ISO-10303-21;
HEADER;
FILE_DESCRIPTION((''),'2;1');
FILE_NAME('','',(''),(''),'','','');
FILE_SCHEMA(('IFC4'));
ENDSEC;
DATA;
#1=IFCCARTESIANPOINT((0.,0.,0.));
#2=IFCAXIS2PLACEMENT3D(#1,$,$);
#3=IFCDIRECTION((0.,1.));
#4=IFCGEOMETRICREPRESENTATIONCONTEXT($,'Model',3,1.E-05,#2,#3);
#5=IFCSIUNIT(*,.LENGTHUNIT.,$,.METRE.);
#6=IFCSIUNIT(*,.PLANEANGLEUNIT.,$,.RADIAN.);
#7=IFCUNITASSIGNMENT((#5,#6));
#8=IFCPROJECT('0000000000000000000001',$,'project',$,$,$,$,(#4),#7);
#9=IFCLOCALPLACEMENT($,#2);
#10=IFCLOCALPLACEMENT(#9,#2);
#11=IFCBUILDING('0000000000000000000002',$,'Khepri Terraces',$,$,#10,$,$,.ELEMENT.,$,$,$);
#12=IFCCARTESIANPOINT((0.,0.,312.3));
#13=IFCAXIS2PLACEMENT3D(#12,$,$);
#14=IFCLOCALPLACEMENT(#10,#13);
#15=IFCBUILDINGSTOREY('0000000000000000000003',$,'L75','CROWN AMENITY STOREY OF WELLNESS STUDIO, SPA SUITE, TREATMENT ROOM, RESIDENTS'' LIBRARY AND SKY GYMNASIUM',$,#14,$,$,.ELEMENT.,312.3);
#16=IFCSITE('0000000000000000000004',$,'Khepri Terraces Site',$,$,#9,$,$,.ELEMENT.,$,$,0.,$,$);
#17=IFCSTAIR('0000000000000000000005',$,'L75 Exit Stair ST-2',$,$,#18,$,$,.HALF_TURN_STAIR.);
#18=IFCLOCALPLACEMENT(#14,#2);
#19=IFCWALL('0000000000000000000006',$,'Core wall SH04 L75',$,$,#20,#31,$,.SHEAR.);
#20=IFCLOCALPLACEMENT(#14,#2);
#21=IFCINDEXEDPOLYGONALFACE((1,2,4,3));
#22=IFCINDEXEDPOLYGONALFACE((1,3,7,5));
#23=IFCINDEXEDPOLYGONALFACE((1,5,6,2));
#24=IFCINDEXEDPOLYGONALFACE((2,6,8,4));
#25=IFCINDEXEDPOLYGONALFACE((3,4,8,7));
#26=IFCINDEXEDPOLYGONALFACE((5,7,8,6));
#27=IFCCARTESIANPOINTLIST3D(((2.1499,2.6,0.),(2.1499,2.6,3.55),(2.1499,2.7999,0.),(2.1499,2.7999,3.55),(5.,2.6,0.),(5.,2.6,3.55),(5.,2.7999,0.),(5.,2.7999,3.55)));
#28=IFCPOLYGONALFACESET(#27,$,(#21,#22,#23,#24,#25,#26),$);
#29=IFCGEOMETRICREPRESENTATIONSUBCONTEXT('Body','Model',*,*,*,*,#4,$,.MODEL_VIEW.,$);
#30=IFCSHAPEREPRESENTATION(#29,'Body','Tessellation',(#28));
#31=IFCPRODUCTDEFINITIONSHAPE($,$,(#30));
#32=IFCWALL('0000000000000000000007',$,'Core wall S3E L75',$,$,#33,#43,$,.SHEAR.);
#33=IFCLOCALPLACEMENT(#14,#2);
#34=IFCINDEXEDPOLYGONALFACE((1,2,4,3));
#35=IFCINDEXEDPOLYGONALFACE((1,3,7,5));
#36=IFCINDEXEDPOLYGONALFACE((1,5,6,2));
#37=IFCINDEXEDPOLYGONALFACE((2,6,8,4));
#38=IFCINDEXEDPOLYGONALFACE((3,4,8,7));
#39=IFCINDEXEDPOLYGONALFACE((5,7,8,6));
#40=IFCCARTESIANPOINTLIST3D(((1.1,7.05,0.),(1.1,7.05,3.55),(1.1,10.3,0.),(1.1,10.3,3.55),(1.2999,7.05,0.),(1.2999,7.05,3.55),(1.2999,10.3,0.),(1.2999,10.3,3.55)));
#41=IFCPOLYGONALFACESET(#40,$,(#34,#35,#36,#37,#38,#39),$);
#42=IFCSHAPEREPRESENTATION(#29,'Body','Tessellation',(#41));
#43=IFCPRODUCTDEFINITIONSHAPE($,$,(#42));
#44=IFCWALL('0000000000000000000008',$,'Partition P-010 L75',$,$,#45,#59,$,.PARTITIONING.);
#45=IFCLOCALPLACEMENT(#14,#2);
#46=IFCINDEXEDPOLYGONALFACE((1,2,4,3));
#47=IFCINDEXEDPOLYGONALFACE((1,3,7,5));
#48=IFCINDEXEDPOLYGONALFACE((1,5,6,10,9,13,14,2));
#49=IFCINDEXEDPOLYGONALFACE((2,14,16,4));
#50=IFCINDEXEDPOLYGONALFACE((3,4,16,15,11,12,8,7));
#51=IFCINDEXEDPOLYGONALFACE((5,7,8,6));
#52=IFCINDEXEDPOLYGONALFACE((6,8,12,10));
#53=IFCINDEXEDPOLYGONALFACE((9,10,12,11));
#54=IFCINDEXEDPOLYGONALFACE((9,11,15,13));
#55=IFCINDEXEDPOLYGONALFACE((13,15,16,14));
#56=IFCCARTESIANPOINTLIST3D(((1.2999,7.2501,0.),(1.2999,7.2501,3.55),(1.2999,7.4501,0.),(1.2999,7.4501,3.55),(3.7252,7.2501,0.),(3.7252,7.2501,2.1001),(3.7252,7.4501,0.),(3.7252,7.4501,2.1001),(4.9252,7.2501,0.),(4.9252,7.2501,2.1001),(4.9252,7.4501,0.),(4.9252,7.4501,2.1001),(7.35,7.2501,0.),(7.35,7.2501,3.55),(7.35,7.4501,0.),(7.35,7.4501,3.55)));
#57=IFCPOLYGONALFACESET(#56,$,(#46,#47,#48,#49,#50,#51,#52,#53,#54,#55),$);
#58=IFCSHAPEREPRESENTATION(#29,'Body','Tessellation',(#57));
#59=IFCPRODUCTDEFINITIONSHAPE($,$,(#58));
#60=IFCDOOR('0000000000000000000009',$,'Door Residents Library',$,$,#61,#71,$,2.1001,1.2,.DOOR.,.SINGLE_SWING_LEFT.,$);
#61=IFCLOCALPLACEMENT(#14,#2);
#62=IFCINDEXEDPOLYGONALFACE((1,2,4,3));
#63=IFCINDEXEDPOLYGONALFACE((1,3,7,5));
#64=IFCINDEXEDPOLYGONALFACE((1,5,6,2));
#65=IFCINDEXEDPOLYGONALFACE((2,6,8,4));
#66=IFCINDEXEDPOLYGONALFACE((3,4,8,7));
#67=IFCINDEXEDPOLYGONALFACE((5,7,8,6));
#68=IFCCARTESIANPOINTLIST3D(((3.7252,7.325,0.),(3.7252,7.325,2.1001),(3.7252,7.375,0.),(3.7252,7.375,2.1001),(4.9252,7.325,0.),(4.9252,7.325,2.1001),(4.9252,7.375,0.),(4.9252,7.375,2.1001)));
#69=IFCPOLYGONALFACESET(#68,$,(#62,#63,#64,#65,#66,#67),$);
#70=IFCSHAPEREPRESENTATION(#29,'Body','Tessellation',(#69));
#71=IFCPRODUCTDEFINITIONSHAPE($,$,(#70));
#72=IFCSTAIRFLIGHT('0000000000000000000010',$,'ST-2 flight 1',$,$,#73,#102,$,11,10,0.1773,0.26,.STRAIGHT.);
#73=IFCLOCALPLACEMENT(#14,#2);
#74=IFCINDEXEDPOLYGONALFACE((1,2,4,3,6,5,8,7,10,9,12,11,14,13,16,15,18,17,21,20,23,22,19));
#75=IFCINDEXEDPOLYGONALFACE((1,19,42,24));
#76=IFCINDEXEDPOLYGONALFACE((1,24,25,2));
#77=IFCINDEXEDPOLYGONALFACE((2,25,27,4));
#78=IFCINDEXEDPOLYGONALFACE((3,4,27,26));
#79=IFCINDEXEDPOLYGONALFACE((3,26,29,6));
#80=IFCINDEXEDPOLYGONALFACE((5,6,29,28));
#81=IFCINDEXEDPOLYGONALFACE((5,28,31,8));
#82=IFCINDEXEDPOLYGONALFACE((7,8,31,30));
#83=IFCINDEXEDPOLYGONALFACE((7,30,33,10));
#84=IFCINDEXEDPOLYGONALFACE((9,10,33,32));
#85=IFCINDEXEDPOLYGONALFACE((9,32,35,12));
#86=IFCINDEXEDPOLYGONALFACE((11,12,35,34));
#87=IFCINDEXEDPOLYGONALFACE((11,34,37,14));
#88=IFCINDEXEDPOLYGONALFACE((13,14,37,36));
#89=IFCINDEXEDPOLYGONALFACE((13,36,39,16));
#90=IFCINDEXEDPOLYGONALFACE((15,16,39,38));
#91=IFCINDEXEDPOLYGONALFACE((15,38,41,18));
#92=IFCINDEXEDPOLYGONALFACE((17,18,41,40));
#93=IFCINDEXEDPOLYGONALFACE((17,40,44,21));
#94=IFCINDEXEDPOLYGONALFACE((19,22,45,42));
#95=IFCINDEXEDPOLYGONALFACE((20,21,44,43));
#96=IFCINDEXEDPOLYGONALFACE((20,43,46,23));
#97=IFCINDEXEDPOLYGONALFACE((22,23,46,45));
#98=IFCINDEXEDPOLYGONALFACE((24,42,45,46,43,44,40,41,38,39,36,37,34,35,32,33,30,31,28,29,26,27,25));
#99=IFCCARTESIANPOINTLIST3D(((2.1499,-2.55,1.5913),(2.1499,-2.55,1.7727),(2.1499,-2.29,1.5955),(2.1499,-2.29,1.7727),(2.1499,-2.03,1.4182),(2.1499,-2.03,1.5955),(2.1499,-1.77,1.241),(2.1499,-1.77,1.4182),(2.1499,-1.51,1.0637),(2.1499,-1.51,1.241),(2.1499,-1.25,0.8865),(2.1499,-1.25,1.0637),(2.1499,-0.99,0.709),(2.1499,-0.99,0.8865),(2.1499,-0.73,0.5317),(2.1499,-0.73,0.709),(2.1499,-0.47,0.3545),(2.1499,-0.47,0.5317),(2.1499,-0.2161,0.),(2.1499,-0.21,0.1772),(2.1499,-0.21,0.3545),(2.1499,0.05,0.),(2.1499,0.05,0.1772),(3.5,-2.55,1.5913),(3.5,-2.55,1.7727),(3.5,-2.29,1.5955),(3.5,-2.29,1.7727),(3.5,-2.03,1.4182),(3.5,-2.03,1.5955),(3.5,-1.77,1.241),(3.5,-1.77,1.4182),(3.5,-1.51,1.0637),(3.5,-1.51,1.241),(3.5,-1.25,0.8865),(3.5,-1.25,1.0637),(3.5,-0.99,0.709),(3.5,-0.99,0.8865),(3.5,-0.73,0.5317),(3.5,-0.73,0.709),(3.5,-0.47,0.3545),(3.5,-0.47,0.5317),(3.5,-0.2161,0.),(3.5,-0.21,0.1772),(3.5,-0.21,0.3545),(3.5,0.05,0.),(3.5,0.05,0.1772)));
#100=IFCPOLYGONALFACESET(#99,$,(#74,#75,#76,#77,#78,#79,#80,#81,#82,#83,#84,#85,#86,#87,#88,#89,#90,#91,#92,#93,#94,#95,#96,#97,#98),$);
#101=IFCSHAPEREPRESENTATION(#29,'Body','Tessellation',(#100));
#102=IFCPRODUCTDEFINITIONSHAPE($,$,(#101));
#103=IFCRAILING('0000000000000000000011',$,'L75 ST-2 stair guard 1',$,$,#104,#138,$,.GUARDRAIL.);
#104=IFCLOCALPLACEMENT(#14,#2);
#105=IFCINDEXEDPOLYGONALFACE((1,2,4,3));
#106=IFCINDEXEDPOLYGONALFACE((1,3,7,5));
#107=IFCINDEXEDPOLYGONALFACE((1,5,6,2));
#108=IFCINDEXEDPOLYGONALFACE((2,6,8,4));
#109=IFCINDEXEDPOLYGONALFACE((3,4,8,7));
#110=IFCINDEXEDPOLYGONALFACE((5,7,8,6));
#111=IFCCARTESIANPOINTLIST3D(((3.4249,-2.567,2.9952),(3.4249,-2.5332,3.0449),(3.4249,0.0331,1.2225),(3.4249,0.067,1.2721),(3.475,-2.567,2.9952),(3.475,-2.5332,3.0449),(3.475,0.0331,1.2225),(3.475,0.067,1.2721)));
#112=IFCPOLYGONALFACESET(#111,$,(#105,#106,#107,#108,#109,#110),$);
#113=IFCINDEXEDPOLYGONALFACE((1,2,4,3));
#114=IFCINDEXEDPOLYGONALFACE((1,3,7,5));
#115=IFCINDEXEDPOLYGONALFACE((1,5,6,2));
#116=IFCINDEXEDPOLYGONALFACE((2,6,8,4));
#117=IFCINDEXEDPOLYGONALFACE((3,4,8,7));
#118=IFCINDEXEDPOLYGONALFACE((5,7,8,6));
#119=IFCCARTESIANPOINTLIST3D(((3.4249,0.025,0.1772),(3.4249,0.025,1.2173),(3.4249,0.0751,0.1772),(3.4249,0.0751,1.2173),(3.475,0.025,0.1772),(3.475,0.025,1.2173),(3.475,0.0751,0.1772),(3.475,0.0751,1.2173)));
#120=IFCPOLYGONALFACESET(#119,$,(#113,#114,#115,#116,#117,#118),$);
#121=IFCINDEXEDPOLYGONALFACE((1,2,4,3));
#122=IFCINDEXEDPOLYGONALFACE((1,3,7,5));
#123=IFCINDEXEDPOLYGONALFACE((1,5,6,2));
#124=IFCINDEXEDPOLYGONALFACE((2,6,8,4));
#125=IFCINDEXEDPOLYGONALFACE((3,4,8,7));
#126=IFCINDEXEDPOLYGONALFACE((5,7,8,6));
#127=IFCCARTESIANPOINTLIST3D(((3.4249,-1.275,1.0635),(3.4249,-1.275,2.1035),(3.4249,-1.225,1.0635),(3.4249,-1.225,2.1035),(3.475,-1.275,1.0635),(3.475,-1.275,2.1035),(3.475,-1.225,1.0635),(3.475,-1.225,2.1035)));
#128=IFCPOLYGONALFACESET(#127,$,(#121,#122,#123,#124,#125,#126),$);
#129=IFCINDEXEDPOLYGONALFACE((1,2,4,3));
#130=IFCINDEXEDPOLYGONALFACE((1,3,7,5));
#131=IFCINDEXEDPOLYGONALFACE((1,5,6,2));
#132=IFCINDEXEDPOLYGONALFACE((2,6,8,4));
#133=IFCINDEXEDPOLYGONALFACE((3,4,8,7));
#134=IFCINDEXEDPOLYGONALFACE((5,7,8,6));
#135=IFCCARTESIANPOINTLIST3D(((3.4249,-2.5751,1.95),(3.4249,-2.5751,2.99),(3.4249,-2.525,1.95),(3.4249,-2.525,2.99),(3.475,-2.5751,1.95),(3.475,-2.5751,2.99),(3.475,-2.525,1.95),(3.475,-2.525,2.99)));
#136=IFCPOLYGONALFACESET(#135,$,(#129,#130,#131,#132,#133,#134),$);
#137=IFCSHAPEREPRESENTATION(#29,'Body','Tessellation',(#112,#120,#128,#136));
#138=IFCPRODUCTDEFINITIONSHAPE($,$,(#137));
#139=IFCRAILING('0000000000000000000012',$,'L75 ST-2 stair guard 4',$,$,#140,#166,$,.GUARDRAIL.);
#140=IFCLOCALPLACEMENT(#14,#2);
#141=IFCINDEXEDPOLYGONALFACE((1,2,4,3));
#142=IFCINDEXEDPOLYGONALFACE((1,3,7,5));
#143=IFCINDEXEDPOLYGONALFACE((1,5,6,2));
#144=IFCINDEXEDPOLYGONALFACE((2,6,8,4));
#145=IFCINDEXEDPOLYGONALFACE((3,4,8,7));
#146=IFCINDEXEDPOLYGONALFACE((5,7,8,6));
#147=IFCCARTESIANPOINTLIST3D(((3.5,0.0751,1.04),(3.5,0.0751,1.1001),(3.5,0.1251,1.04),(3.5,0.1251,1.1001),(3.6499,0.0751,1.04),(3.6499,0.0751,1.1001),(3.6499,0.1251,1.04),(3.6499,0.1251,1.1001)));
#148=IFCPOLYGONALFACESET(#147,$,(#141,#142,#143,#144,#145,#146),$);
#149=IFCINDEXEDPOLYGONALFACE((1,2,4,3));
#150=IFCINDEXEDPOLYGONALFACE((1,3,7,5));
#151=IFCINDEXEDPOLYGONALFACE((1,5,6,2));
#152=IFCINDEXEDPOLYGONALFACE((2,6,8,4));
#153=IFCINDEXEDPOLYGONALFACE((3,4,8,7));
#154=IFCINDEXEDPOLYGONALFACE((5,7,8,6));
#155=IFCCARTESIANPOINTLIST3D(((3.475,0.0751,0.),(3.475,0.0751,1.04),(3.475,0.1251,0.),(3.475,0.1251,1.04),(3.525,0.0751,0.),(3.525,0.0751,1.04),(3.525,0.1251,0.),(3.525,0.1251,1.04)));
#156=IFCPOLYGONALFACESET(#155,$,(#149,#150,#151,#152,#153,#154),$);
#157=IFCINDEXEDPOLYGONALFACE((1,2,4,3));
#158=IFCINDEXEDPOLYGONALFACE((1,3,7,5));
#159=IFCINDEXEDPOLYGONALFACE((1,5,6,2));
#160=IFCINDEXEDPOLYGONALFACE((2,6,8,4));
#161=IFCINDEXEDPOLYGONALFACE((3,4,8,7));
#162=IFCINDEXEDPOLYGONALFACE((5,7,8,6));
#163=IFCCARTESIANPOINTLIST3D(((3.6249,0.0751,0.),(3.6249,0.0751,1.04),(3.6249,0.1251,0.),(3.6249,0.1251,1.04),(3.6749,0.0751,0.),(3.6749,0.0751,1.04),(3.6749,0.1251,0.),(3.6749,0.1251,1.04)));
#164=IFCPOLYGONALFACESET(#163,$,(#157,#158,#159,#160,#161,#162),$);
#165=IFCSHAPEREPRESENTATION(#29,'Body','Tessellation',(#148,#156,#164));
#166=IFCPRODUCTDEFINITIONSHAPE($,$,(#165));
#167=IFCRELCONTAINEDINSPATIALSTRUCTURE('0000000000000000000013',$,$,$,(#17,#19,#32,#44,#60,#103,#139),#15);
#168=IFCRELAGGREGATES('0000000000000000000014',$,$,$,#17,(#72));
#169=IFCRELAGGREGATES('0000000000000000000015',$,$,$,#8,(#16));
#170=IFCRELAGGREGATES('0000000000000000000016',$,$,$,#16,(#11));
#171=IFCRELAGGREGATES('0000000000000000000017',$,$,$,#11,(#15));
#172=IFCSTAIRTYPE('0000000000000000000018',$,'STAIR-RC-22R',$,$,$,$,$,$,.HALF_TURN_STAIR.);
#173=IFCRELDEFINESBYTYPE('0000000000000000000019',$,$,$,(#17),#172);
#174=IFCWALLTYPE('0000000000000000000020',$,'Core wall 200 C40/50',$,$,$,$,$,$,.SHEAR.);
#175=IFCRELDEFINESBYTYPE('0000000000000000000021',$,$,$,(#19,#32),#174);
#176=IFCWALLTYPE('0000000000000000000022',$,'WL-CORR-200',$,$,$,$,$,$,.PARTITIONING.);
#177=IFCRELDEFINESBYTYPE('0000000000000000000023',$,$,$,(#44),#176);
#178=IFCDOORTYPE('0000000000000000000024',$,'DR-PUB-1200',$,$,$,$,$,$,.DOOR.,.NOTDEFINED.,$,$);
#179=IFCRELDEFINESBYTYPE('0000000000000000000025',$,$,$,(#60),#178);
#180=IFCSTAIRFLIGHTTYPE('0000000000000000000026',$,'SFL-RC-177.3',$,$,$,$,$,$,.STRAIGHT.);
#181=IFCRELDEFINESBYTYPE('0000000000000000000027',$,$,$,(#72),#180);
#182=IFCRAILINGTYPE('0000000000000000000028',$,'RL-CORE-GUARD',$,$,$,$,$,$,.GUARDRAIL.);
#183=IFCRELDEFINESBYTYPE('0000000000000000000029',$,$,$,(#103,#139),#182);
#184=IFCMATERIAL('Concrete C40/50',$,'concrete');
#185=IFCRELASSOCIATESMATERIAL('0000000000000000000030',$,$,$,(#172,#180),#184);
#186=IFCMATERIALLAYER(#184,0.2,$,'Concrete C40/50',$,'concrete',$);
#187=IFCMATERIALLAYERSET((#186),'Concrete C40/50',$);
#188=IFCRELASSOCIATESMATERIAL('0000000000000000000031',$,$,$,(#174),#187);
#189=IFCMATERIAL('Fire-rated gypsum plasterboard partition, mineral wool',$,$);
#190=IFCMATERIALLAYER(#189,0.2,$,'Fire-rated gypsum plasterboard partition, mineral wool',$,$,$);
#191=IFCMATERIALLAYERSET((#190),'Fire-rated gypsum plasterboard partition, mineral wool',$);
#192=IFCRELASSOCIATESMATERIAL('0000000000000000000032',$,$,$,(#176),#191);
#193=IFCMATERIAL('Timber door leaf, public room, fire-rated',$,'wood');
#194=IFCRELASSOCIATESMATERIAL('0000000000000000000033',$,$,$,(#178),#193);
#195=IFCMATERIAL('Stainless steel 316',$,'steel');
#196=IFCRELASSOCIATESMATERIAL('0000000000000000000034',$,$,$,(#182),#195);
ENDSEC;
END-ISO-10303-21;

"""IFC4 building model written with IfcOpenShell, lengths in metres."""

from ifc_helpers import new_model, si_unit, direction, frame, frame_2d, origin, origin_2d, place, context, subcontext, project, spatial, polyline, rectangle, outline, extrude, material, layer, layer_set, type_object, element, fill, aggregate, save


model = new_model("IFC4")

# Units and contexts
model_context = context("Model", 3, precision=1e-05, world=origin(), true_north=direction((0.0, 1.0)))
body_context = subcontext(model_context, "Body", "Model", "MODEL_VIEW")
ifc_project = project(units=[si_unit("LENGTHUNIT", "METRE"), si_unit("PLANEANGLEUNIT", "RADIAN")], contexts=[model_context])

# Site, building, storey
site_placement = place(None, origin())
site = spatial("IfcSite", under=ifc_project, at=site_placement, Name="Khepri Terraces Site", CompositionType="ELEMENT", RefElevation=0.0)
building_placement = place(site_placement, origin())
building = spatial("IfcBuilding", under=site, at=building_placement, Name="Khepri Terraces", CompositionType="ELEMENT")
storey_placement = place(building_placement, frame((0.0, 0.0, 312.3)))
storey = spatial("IfcBuildingStorey", under=building, at=storey_placement, Name="L75", Description="CROWN AMENITY STOREY OF WELLNESS STUDIO, SPA SUITE, TREATMENT ROOM, RESIDENTS' LIBRARY AND SKY GYMNASIUM", CompositionType="ELEMENT", Elevation=312.3)

# Stair
ifc_material_1 = material(Name="Concrete C40/50", Category="concrete")
stair_type = type_object("IfcStairType", Name="STAIR-RC-22R", PredefinedType="HALF_TURN_STAIR", material=ifc_material_1)
stair_placement = place(storey_placement, origin())
stair = element("IfcStair", 1, at=stair_placement, inside=storey, type_object=stair_type, Name="L75 Exit Stair ST-2", PredefinedType="HALF_TURN_STAIR")

# Shared definitions
ifc_layer_1 = layer(ifc_material_1, 0.2, Name="Concrete C40/50", Category="concrete")
ifc_layer_set_1 = layer_set([ifc_layer_1], Name="Concrete C40/50")
wall_type_1 = type_object("IfcWallType", Name="Core wall 200 C40/50", PredefinedType="SHEAR", material=ifc_layer_set_1)

# Walls
wall_1_placement = place(storey_placement, frame((2.1499, 2.7, 0.0), z_axis=(0.0, 0.0, 1.0), x_axis=(1.0, 0.0, 0.0)))
element("IfcWall", 2, at=wall_1_placement, inside=storey, type_object=wall_type_1, Name="Core wall SH04 L75", PredefinedType="SHEAR", context=body_context, shape_type="SweptSolid", body=[
    extrude(rectangle(XDim=2.8501, YDim=0.2, at=frame_2d((1.425, 0.0))), origin(), (0.0, 0.0, 1.0), 3.55),
])
wall_2_placement = place(storey_placement, frame((1.2, 7.05, 0.0), z_axis=(0.0, 0.0, 1.0), x_axis=(0.0, 1.0, 0.0)))
element("IfcWall", 3, at=wall_2_placement, inside=storey, type_object=wall_type_1, Name="Core wall S3E L75", PredefinedType="SHEAR", context=body_context, shape_type="SweptSolid", body=[
    extrude(rectangle(XDim=3.25, YDim=0.2, at=frame_2d((1.625, 0.0))), origin(), (0.0, 0.0, 1.0), 3.55),
])

# Wall, opening, door
ifc_material_2 = material(Name="Fire-rated gypsum plasterboard partition, mineral wool")
ifc_layer_2 = layer(ifc_material_2, 0.2, Name="Fire-rated gypsum plasterboard partition, mineral wool")
ifc_layer_set_2 = layer_set([ifc_layer_2], Name="Fire-rated gypsum plasterboard partition, mineral wool")
wall_type_2 = type_object("IfcWallType", Name="WL-CORR-200", PredefinedType="PARTITIONING", material=ifc_layer_set_2)
wall_3_placement = place(storey_placement, frame((1.3, 7.3501, 0.0), z_axis=(0.0, 0.0, 1.0), x_axis=(1.0, 0.0, 0.0)))
wall_3 = element("IfcWall", 4, at=wall_3_placement, inside=storey, type_object=wall_type_2, Name="Partition P-010 L75", PredefinedType="PARTITIONING", context=body_context, shape_type="SweptSolid", body=[
    extrude(rectangle(XDim=6.05, YDim=0.2, at=frame_2d((3.0249, 0.0))), origin(), (0.0, 0.0, 1.0), 3.55),
])
opening_1_placement = place(wall_3_placement, frame((2.425, 0.0, 0.0)))
opening_1 = element("IfcOpeningElement", 5, at=opening_1_placement, cuts=wall_3, PredefinedType="OPENING", context=body_context, shape_type="SweptSolid", body=[
    extrude(rectangle(XDim=1.2, YDim=2.1001, at=frame_2d((0.6001, 1.05))), frame((0.0, 0.1099, 0.0), z_axis=(0.0, -1.0, 0.0), x_axis=(1.0, 0.0, 0.0)), (0.0, 0.0, 1.0), 0.22),
])
ifc_material_3 = material(Name="Timber door leaf, public room, fire-rated", Category="wood")
door_type_1 = type_object("IfcDoorType", Name="DR-PUB-1200", OperationType="NOTDEFINED", PredefinedType="DOOR", material=ifc_material_3)
door_1_placement = place(opening_1_placement, origin())
door_1 = element("IfcDoor", 6, at=door_1_placement, inside=storey, type_object=door_type_1, Name="Door Residents Library", OperationType="SINGLE_SWING_LEFT", OverallHeight=2.1001, OverallWidth=1.2, PredefinedType="DOOR", context=body_context, shape_type="SweptSolid", body=[
    extrude(rectangle(XDim=1.2, YDim=2.1001, at=frame_2d((0.6001, 1.05))), frame((0.0, 0.0249, 0.0), z_axis=(0.0, -1.0, 0.0), x_axis=(1.0, 0.0, 0.0)), (0.0, 0.0, 1.0), 0.05),
])
fill(opening_1, door_1)

# Stair flight
stair_flight_type = type_object("IfcStairFlightType", Name="SFL-RC-177.3", PredefinedType="STRAIGHT", material=ifc_material_1)
stair_flight_placement = place(storey_placement, frame((2.825, 0.05, 0.0), z_axis=(0.0, 0.0, 1.0), x_axis=(0.0, -1.0, 0.0)))
stair_flight = element("IfcStairFlight", 7, at=stair_flight_placement, type_object=stair_flight_type, Name="ST-2 flight 1", NumberOfRisers=11, NumberOfTreads=10, PredefinedType="STRAIGHT", RiserHeight=0.1773, TreadLength=0.26, context=body_context, shape_type="SweptSolid", body=[
    extrude(outline(polyline([(0.0, 0.0), (0.0, 0.1772), (0.26, 0.1772), (0.26, 0.3545), (0.52, 0.3545), (0.52, 0.5317), (0.78, 0.5317), (0.78, 0.709), (1.04, 0.709), (1.04, 0.8865), (1.3, 0.8865), (1.3, 1.0637), (1.5601, 1.0637), (1.5601, 1.241), (1.8201, 1.241), (1.8201, 1.4182), (2.0801, 1.4182), (2.0801, 1.5955), (2.3401, 1.5955), (2.3401, 1.7727), (2.6001, 1.7727), (2.6001, 1.95), (2.6001, 1.5913), (0.2661, 0.0), (0.0, 0.0)])), frame((0.0, 0.675, 0.0), z_axis=(0.0, -1.0, 0.0), x_axis=(1.0, 0.0, 0.0)), (0.0, 0.0, 1.0), 1.3501),
])
aggregate(stair, [stair_flight])

# Railings
ifc_material_4 = material(Name="Stainless steel 316", Category="steel")
railing_type_1 = type_object("IfcRailingType", Name="RL-CORE-GUARD", PredefinedType="GUARDRAIL", material=ifc_material_4)
railing_1_placement = place(storey_placement, frame((3.45, 0.05, 0.1772)))
element("IfcRailing", 8, at=railing_1_placement, inside=storey, type_object=railing_type_1, Name="L75 ST-2 stair guard 1", PredefinedType="GUARDRAIL", context=body_context, shape_type="SweptSolid", body=[
    extrude(rectangle(XDim=0.05, YDim=0.0601, at=origin_2d()), frame((0.0, 0.0, 1.0701), z_axis=(0.0, -0.82624, 0.563318), x_axis=(1.0, 0.0, 0.0)), (0.0, 0.0, 1.0), 3.147),
    extrude(rectangle(XDim=0.05, YDim=0.05, at=origin_2d()), origin(), (0.0, 0.0, 1.0), 1.04),
    extrude(rectangle(XDim=0.05, YDim=0.05, at=origin_2d()), frame((0.0, -1.3, 0.8862)), (0.0, 0.0, 1.0), 1.04),
    extrude(rectangle(XDim=0.05, YDim=0.05, at=origin_2d()), frame((0.0, -2.6001, 1.7727)), (0.0, 0.0, 1.0), 1.04),
])
railing_2_placement = place(storey_placement, frame((3.5, 0.1001, 0.0)))
element("IfcRailing", 9, at=railing_2_placement, inside=storey, type_object=railing_type_1, Name="L75 ST-2 stair guard 4", PredefinedType="GUARDRAIL", context=body_context, shape_type="SweptSolid", body=[
    extrude(rectangle(XDim=0.05, YDim=0.0601, at=origin_2d()), frame((0.0, 0.0, 1.0701), z_axis=(1.0, 0.0, 0.0), x_axis=(0.0, 1.0, 0.0)), (0.0, 0.0, 1.0), 0.1499),
    extrude(rectangle(XDim=0.05, YDim=0.05, at=origin_2d()), origin(), (0.0, 0.0, 1.0), 1.04),
    extrude(rectangle(XDim=0.05, YDim=0.05, at=origin_2d()), frame((0.1499, 0.0, 0.0)), (0.0, 0.0, 1.0), 1.04),
])

save(model, "model.ifc")
